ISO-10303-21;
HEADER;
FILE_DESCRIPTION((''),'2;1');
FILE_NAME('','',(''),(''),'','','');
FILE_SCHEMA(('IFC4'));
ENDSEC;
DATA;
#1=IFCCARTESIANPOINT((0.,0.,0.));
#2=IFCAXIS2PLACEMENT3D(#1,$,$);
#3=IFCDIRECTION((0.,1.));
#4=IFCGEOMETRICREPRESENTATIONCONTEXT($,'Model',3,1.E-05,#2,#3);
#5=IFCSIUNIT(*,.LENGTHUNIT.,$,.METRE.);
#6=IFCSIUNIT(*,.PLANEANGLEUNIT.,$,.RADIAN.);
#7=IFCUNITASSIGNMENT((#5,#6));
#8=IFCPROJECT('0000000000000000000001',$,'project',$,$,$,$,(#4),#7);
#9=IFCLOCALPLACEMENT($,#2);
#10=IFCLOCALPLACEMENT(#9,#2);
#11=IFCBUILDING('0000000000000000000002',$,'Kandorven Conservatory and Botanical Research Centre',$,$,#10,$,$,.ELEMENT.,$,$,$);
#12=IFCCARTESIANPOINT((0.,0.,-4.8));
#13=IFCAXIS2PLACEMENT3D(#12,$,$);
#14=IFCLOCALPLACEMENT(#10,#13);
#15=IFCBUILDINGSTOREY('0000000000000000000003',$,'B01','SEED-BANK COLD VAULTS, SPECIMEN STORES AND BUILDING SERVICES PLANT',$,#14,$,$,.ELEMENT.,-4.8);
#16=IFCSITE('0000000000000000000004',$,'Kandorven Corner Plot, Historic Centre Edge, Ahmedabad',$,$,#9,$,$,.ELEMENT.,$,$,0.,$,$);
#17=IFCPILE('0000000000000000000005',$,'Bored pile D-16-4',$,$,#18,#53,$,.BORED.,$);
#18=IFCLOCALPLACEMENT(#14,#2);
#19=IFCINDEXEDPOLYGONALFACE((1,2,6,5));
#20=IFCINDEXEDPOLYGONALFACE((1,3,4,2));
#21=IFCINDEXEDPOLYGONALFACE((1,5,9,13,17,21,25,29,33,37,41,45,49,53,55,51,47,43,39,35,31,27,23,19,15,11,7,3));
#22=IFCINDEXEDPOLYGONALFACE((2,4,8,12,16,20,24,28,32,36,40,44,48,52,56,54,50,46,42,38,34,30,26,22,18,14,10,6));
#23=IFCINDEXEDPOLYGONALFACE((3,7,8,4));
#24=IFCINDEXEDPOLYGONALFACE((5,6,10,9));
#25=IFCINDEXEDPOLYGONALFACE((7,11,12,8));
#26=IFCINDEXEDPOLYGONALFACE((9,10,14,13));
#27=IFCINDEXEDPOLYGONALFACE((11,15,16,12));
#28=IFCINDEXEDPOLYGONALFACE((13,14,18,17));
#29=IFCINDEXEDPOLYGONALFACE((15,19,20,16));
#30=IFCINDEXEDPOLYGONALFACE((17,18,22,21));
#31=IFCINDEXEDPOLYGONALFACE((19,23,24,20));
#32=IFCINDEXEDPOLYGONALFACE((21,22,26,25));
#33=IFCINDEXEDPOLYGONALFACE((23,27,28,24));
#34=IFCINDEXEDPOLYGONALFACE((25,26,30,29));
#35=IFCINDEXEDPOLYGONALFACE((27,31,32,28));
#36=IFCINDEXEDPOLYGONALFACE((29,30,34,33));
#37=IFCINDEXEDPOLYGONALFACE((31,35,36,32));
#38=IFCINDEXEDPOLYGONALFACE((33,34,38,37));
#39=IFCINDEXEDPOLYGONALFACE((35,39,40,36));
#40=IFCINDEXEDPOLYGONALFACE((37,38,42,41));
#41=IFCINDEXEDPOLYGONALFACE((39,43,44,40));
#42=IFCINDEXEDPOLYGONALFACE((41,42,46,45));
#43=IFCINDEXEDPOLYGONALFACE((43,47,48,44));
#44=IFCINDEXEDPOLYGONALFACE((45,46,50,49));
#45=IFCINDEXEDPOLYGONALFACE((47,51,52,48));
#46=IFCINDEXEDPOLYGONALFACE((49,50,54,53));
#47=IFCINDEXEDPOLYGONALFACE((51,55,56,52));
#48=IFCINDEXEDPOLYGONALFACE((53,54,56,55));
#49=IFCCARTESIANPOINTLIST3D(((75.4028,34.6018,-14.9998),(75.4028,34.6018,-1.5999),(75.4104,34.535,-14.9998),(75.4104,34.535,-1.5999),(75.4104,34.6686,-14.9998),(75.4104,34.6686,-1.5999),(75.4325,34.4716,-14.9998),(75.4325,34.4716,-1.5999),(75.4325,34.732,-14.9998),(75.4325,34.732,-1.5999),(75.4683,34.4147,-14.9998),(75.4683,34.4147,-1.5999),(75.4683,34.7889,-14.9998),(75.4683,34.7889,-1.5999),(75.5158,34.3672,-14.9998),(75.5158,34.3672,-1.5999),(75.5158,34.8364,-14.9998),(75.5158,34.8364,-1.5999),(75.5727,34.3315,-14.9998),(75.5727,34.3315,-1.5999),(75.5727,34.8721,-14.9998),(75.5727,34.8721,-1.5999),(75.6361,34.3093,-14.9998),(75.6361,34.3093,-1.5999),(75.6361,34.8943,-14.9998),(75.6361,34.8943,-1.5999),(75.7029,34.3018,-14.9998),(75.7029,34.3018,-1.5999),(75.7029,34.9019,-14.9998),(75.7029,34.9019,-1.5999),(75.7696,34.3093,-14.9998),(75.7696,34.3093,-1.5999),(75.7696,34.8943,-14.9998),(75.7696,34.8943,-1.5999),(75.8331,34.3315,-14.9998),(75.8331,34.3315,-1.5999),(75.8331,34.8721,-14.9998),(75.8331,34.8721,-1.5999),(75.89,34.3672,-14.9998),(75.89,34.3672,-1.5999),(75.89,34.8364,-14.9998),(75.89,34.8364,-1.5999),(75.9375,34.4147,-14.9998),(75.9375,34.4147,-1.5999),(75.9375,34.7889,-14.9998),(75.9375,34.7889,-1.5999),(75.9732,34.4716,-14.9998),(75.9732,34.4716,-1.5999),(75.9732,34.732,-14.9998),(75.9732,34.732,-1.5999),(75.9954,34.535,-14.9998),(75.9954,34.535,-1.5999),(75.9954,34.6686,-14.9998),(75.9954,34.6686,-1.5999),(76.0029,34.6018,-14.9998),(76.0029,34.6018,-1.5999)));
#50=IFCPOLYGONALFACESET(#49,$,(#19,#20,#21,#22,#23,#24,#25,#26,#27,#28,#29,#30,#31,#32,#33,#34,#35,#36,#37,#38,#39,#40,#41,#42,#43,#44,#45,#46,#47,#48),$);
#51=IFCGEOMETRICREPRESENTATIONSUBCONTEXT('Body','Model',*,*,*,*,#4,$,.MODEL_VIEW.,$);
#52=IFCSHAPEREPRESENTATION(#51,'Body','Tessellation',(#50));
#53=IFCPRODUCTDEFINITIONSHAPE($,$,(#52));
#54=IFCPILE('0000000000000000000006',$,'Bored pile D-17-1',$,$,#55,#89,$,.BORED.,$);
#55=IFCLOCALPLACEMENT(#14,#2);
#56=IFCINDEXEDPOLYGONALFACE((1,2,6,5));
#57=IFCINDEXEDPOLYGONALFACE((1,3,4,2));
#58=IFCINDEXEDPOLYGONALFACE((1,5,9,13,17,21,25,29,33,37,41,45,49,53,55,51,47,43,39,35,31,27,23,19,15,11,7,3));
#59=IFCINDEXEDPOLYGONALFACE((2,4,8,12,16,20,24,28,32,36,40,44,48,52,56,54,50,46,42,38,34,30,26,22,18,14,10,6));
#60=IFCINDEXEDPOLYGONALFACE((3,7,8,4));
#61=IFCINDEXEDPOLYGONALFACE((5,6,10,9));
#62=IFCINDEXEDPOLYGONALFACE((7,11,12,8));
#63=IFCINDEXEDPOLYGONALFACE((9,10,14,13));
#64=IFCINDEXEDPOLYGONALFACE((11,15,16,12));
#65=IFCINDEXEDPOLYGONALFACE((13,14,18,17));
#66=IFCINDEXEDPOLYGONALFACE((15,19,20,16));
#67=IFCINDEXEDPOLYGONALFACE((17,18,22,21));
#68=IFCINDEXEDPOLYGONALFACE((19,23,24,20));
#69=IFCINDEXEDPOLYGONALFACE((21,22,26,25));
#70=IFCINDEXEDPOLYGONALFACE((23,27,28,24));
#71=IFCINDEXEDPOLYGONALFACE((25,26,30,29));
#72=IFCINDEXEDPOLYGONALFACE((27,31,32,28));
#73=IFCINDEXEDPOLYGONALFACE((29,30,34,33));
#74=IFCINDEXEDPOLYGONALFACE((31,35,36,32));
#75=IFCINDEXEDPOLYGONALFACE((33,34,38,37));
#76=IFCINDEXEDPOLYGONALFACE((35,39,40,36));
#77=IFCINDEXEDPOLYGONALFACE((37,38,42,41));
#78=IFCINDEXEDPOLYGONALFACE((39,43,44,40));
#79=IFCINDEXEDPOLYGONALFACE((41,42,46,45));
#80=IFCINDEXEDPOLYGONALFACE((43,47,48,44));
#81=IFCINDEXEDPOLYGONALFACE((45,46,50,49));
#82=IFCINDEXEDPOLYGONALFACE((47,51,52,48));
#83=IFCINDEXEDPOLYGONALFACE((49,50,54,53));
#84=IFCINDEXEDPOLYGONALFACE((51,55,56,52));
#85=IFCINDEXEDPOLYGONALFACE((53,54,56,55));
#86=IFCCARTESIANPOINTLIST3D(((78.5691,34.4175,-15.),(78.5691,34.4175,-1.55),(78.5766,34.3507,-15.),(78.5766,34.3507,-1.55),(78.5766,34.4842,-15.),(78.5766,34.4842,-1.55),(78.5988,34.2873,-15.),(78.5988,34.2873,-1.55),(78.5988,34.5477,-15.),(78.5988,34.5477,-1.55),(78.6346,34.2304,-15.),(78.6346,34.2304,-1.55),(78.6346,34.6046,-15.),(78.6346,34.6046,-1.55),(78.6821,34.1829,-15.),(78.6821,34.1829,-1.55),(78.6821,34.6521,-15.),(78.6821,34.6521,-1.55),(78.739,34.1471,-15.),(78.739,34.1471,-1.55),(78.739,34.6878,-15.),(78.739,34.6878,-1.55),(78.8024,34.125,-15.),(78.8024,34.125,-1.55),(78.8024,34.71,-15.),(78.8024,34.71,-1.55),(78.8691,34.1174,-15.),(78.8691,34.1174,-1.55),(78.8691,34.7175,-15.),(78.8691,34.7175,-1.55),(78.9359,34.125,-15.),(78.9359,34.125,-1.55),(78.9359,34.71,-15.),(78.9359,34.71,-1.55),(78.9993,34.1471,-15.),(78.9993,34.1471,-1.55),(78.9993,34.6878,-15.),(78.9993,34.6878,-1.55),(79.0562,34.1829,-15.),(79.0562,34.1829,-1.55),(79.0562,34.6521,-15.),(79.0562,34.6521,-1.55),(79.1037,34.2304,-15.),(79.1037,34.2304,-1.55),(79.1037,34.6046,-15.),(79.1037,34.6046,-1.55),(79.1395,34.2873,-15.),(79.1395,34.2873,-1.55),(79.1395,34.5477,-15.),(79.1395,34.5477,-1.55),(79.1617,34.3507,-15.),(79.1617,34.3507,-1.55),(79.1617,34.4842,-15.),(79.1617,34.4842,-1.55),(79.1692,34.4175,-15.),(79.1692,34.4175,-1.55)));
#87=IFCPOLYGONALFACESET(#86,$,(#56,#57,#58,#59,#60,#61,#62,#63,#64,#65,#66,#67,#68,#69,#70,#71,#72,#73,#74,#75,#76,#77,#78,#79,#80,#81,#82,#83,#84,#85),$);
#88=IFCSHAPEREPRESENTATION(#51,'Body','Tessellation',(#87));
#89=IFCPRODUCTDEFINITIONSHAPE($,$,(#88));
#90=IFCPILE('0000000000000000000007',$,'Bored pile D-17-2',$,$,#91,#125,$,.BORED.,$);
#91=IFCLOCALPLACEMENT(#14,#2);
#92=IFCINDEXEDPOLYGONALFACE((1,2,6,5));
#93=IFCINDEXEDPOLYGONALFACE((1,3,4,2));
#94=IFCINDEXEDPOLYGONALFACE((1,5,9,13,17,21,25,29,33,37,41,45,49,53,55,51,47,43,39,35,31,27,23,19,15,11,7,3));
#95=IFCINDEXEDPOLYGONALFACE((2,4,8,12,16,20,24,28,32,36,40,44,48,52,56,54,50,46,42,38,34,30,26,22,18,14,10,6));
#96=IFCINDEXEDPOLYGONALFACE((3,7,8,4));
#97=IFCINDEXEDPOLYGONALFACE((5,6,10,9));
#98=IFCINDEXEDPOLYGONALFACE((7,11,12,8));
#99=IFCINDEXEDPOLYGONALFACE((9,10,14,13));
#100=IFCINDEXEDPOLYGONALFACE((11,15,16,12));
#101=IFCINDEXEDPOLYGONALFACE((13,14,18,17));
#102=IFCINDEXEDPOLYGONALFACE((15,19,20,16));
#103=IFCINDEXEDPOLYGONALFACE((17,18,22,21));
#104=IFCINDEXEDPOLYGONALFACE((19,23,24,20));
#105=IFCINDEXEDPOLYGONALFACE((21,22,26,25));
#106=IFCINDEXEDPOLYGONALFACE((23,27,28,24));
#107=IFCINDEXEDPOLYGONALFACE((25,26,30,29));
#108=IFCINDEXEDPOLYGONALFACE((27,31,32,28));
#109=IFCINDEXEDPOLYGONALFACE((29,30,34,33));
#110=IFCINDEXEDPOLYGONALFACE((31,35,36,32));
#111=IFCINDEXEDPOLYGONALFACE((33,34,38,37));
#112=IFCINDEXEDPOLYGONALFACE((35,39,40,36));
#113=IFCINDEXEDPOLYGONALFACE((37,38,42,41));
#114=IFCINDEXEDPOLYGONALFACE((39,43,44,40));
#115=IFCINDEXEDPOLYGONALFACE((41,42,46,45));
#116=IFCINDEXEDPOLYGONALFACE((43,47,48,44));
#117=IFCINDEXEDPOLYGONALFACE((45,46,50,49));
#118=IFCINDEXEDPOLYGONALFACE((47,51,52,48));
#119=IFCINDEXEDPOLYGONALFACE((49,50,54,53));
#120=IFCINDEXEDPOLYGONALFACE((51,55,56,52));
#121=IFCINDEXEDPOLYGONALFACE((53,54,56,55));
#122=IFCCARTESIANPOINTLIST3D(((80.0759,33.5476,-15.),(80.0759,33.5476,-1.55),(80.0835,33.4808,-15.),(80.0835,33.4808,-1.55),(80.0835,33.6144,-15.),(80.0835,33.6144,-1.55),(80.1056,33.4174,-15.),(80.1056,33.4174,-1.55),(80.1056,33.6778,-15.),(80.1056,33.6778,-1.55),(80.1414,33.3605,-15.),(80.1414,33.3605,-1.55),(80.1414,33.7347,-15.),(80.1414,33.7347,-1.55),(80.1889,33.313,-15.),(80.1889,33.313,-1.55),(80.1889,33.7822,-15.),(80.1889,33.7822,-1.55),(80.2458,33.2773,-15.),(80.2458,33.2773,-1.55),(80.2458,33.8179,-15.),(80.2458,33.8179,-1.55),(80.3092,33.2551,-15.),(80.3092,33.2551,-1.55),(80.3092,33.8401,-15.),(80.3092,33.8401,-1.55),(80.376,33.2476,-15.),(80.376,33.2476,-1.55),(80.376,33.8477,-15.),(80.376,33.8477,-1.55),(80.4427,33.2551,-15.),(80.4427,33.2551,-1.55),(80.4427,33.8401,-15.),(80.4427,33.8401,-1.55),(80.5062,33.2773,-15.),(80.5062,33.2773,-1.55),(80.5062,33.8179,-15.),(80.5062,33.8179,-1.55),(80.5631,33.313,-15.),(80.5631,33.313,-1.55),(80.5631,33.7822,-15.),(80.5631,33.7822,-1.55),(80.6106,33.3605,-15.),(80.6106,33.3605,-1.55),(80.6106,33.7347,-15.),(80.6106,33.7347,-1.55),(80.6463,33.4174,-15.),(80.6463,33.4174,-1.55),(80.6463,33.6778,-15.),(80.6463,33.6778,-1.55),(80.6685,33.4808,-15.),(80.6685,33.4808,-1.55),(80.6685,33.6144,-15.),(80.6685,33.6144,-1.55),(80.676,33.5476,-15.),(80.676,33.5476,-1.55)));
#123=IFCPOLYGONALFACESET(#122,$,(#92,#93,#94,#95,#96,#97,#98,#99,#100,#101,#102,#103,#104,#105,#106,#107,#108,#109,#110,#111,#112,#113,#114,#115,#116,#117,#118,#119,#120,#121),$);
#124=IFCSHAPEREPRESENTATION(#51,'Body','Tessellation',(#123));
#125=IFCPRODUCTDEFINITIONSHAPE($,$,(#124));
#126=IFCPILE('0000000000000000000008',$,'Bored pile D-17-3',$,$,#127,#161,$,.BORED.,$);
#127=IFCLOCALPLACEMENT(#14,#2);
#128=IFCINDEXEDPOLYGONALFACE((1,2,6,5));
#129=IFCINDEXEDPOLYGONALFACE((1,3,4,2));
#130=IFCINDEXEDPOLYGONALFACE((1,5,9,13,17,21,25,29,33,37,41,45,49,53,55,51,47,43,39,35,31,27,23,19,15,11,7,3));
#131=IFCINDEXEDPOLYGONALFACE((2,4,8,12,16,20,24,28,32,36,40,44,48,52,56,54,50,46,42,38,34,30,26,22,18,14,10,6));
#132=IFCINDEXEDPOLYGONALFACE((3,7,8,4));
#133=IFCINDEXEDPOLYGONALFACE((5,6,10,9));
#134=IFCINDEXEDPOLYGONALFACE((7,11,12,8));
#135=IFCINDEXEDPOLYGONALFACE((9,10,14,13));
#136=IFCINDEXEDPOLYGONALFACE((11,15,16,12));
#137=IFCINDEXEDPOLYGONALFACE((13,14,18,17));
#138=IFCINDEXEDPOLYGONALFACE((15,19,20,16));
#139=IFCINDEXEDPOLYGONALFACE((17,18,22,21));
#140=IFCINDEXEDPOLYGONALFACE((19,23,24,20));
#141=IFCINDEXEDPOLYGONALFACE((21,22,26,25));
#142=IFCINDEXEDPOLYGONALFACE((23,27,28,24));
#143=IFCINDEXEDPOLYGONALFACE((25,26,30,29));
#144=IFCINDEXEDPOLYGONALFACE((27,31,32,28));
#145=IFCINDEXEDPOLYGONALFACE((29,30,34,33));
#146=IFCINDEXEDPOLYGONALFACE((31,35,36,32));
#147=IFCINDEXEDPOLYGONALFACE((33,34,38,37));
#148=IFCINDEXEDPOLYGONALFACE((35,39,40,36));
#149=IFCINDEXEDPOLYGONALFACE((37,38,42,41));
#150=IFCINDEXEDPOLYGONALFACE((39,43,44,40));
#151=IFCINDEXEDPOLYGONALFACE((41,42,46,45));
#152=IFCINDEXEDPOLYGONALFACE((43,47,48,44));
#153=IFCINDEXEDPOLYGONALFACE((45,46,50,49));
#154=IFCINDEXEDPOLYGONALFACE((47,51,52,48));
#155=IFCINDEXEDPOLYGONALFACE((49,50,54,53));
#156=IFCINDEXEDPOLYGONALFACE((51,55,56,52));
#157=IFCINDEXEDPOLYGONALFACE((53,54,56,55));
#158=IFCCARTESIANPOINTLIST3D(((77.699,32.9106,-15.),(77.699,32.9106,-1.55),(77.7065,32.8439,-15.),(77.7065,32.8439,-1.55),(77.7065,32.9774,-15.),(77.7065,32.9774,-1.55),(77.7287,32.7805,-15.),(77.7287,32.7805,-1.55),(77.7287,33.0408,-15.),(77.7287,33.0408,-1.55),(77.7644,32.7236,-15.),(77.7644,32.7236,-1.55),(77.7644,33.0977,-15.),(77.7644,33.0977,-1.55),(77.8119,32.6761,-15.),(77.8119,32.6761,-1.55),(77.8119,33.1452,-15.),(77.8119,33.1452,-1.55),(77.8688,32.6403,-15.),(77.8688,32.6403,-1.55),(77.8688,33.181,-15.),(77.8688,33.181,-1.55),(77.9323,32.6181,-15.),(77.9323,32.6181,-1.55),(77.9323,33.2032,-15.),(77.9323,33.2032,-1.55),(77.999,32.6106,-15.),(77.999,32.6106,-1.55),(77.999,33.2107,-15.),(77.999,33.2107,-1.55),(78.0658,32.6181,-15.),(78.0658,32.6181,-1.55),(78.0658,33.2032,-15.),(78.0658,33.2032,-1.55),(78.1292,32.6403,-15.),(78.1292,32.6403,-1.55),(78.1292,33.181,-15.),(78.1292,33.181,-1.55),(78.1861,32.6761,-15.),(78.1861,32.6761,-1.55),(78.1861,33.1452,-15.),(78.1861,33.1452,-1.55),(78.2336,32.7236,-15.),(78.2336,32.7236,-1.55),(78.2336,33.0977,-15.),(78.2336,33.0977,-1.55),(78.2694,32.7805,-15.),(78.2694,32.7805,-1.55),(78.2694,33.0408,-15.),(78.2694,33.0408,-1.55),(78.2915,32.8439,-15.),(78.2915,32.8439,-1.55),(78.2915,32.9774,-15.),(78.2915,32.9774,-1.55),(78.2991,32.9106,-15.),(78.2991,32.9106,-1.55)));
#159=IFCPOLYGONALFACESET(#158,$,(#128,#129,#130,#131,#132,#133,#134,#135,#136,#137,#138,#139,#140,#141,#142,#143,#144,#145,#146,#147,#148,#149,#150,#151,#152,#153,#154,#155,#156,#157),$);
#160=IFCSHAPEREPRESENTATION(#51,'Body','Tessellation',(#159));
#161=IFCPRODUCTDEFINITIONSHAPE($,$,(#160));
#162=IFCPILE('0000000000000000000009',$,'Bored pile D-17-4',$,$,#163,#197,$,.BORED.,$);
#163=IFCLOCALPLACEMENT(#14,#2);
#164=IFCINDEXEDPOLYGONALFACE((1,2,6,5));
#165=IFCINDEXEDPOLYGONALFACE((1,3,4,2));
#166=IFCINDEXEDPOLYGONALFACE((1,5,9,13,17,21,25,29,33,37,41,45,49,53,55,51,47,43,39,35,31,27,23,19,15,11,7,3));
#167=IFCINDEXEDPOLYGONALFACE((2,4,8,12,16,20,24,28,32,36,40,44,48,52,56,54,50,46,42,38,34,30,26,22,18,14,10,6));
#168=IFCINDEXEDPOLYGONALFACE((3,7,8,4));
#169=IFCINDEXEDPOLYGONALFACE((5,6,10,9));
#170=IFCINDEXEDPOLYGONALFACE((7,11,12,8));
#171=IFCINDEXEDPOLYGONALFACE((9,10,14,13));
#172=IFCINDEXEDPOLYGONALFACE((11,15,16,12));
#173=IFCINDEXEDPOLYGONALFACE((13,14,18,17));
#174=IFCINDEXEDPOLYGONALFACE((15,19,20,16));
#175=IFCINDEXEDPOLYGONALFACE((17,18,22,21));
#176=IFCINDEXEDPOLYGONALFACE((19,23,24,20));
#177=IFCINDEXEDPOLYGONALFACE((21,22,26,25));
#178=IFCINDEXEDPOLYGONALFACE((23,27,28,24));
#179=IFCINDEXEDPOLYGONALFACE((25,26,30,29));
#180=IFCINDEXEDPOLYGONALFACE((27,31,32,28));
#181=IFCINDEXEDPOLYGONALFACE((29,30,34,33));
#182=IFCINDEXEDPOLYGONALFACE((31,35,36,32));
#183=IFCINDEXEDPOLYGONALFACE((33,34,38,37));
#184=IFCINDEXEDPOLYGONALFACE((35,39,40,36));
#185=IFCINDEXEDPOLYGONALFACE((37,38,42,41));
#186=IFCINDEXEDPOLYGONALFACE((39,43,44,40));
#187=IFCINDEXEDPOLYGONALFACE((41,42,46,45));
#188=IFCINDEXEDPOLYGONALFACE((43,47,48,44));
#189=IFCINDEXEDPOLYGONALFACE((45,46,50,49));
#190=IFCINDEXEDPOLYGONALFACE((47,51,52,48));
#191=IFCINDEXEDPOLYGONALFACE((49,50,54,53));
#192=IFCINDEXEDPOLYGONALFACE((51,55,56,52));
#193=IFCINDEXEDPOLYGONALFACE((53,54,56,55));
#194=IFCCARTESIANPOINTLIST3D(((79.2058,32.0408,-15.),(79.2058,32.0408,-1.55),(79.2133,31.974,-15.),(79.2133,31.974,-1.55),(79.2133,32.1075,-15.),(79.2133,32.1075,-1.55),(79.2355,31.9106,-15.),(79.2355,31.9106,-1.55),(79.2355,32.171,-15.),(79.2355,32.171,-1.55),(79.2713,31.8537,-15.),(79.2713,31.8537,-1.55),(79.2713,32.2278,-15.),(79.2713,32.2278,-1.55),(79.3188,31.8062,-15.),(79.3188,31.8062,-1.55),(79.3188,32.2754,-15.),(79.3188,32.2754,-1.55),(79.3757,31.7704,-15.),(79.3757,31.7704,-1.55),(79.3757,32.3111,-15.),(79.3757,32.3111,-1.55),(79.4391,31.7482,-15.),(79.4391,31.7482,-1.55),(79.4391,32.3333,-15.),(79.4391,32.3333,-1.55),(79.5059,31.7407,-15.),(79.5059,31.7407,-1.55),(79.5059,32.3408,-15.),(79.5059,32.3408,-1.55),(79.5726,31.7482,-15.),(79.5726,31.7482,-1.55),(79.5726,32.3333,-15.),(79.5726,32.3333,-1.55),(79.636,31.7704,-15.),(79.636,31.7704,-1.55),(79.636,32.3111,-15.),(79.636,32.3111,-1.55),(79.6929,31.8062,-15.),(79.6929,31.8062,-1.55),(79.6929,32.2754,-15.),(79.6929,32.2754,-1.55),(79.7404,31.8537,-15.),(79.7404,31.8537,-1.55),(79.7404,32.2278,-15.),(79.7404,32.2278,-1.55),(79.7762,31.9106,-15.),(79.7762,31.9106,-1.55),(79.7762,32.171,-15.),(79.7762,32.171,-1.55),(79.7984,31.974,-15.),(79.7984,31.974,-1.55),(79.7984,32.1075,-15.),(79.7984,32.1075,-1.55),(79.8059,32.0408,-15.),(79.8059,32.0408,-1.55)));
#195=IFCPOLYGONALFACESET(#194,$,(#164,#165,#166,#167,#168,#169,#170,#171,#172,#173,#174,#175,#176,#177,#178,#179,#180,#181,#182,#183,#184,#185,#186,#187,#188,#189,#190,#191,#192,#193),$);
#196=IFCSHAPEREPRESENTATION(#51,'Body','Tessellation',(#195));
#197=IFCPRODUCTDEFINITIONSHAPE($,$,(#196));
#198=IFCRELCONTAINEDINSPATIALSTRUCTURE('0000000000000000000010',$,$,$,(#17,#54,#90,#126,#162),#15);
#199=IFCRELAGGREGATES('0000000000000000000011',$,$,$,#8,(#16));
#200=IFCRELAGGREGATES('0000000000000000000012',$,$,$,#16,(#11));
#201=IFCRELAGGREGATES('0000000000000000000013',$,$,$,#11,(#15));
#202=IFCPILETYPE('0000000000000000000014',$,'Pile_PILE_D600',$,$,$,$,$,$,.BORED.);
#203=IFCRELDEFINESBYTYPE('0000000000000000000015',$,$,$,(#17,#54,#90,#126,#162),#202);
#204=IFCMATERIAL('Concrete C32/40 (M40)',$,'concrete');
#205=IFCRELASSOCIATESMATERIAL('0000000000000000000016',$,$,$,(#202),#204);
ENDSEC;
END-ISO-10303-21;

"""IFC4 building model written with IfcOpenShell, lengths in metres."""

from ifc_helpers import new_model, si_unit, direction, frame, origin, origin_2d, place, context, subcontext, project, spatial, circle, extrude, material, material_profile, profile_set, type_object, element, save


model = new_model("IFC4")

# Units and contexts
model_context = context("Model", 3, precision=1e-05, world=origin(), true_north=direction((0.0, 1.0)))
body_context = subcontext(model_context, "Body", "Model", "MODEL_VIEW")
ifc_project = project(units=[si_unit("LENGTHUNIT", "METRE"), si_unit("PLANEANGLEUNIT", "RADIAN")], contexts=[model_context])

# Site, building, storey
site_placement = place(None, origin())
site = spatial("IfcSite", under=ifc_project, at=site_placement, Name="Kandorven Corner Plot, Historic Centre Edge, Ahmedabad", CompositionType="ELEMENT", RefElevation=0.0)
building_placement = place(site_placement, origin())
building = spatial("IfcBuilding", under=site, at=building_placement, Name="Kandorven Conservatory and Botanical Research Centre", CompositionType="ELEMENT")
storey_placement = place(building_placement, frame((0.0, 0.0, -4.8)))
storey = spatial("IfcBuildingStorey", under=building, at=storey_placement, Name="B01", Description="SEED-BANK COLD VAULTS, SPECIMEN STORES AND BUILDING SERVICES PLANT", CompositionType="ELEMENT", Elevation=-4.8)

# Piles
ifc_material_1 = material(Name="Concrete C32/40 (M40)", Category="concrete")
ifc_material_profile_1 = material_profile(ifc_material_1, circle(Radius=0.3, at=origin_2d()))
ifc_profile_set_1 = profile_set([ifc_material_profile_1], Name="Concrete C32/40 (M40)")
pile_type = type_object("IfcPileType", Name="Pile_PILE_D600", PredefinedType="BORED", material=ifc_profile_set_1)
for number, where, z_axis, x_axis, name in (
    (1, (75.7029, 34.6018, -1.5999), (0.0, 0.0, -1.0), (1.0, 0.0, 0.0), "Bored pile D-16-4"),
):
    element("IfcPile", number, at=place(storey_placement, frame(where, z_axis=z_axis, x_axis=x_axis)), inside=storey, type_object=pile_type, Name=name, PredefinedType="BORED", context=body_context, shape_type="SweptSolid", body=[
        extrude(circle(Radius=0.3, at=origin_2d()), origin(), (0.0, 0.0, 1.0), 13.3999),
    ])
for number, where, z_axis, x_axis, name in (
    (2, (78.8691, 34.4175, -1.55), (0.0, 0.0, -1.0), (1.0, 0.0, 0.0), "Bored pile D-17-1"),
    (3, (80.376, 33.5476, -1.55), (0.0, 0.0, -1.0), (1.0, 0.0, 0.0), "Bored pile D-17-2"),
    (4, (77.999, 32.9106, -1.55), (0.0, 0.0, -1.0), (1.0, 0.0, 0.0), "Bored pile D-17-3"),
    (5, (79.5059, 32.0408, -1.55), (0.0, 0.0, -1.0), (1.0, 0.0, 0.0), "Bored pile D-17-4"),
):
    element("IfcPile", number, at=place(storey_placement, frame(where, z_axis=z_axis, x_axis=x_axis)), inside=storey, type_object=pile_type, Name=name, PredefinedType="BORED", context=body_context, shape_type="SweptSolid", body=[
        extrude(circle(Radius=0.3, at=origin_2d()), origin(), (0.0, 0.0, 1.0), 13.45),
    ])

save(model, "model.ifc")
